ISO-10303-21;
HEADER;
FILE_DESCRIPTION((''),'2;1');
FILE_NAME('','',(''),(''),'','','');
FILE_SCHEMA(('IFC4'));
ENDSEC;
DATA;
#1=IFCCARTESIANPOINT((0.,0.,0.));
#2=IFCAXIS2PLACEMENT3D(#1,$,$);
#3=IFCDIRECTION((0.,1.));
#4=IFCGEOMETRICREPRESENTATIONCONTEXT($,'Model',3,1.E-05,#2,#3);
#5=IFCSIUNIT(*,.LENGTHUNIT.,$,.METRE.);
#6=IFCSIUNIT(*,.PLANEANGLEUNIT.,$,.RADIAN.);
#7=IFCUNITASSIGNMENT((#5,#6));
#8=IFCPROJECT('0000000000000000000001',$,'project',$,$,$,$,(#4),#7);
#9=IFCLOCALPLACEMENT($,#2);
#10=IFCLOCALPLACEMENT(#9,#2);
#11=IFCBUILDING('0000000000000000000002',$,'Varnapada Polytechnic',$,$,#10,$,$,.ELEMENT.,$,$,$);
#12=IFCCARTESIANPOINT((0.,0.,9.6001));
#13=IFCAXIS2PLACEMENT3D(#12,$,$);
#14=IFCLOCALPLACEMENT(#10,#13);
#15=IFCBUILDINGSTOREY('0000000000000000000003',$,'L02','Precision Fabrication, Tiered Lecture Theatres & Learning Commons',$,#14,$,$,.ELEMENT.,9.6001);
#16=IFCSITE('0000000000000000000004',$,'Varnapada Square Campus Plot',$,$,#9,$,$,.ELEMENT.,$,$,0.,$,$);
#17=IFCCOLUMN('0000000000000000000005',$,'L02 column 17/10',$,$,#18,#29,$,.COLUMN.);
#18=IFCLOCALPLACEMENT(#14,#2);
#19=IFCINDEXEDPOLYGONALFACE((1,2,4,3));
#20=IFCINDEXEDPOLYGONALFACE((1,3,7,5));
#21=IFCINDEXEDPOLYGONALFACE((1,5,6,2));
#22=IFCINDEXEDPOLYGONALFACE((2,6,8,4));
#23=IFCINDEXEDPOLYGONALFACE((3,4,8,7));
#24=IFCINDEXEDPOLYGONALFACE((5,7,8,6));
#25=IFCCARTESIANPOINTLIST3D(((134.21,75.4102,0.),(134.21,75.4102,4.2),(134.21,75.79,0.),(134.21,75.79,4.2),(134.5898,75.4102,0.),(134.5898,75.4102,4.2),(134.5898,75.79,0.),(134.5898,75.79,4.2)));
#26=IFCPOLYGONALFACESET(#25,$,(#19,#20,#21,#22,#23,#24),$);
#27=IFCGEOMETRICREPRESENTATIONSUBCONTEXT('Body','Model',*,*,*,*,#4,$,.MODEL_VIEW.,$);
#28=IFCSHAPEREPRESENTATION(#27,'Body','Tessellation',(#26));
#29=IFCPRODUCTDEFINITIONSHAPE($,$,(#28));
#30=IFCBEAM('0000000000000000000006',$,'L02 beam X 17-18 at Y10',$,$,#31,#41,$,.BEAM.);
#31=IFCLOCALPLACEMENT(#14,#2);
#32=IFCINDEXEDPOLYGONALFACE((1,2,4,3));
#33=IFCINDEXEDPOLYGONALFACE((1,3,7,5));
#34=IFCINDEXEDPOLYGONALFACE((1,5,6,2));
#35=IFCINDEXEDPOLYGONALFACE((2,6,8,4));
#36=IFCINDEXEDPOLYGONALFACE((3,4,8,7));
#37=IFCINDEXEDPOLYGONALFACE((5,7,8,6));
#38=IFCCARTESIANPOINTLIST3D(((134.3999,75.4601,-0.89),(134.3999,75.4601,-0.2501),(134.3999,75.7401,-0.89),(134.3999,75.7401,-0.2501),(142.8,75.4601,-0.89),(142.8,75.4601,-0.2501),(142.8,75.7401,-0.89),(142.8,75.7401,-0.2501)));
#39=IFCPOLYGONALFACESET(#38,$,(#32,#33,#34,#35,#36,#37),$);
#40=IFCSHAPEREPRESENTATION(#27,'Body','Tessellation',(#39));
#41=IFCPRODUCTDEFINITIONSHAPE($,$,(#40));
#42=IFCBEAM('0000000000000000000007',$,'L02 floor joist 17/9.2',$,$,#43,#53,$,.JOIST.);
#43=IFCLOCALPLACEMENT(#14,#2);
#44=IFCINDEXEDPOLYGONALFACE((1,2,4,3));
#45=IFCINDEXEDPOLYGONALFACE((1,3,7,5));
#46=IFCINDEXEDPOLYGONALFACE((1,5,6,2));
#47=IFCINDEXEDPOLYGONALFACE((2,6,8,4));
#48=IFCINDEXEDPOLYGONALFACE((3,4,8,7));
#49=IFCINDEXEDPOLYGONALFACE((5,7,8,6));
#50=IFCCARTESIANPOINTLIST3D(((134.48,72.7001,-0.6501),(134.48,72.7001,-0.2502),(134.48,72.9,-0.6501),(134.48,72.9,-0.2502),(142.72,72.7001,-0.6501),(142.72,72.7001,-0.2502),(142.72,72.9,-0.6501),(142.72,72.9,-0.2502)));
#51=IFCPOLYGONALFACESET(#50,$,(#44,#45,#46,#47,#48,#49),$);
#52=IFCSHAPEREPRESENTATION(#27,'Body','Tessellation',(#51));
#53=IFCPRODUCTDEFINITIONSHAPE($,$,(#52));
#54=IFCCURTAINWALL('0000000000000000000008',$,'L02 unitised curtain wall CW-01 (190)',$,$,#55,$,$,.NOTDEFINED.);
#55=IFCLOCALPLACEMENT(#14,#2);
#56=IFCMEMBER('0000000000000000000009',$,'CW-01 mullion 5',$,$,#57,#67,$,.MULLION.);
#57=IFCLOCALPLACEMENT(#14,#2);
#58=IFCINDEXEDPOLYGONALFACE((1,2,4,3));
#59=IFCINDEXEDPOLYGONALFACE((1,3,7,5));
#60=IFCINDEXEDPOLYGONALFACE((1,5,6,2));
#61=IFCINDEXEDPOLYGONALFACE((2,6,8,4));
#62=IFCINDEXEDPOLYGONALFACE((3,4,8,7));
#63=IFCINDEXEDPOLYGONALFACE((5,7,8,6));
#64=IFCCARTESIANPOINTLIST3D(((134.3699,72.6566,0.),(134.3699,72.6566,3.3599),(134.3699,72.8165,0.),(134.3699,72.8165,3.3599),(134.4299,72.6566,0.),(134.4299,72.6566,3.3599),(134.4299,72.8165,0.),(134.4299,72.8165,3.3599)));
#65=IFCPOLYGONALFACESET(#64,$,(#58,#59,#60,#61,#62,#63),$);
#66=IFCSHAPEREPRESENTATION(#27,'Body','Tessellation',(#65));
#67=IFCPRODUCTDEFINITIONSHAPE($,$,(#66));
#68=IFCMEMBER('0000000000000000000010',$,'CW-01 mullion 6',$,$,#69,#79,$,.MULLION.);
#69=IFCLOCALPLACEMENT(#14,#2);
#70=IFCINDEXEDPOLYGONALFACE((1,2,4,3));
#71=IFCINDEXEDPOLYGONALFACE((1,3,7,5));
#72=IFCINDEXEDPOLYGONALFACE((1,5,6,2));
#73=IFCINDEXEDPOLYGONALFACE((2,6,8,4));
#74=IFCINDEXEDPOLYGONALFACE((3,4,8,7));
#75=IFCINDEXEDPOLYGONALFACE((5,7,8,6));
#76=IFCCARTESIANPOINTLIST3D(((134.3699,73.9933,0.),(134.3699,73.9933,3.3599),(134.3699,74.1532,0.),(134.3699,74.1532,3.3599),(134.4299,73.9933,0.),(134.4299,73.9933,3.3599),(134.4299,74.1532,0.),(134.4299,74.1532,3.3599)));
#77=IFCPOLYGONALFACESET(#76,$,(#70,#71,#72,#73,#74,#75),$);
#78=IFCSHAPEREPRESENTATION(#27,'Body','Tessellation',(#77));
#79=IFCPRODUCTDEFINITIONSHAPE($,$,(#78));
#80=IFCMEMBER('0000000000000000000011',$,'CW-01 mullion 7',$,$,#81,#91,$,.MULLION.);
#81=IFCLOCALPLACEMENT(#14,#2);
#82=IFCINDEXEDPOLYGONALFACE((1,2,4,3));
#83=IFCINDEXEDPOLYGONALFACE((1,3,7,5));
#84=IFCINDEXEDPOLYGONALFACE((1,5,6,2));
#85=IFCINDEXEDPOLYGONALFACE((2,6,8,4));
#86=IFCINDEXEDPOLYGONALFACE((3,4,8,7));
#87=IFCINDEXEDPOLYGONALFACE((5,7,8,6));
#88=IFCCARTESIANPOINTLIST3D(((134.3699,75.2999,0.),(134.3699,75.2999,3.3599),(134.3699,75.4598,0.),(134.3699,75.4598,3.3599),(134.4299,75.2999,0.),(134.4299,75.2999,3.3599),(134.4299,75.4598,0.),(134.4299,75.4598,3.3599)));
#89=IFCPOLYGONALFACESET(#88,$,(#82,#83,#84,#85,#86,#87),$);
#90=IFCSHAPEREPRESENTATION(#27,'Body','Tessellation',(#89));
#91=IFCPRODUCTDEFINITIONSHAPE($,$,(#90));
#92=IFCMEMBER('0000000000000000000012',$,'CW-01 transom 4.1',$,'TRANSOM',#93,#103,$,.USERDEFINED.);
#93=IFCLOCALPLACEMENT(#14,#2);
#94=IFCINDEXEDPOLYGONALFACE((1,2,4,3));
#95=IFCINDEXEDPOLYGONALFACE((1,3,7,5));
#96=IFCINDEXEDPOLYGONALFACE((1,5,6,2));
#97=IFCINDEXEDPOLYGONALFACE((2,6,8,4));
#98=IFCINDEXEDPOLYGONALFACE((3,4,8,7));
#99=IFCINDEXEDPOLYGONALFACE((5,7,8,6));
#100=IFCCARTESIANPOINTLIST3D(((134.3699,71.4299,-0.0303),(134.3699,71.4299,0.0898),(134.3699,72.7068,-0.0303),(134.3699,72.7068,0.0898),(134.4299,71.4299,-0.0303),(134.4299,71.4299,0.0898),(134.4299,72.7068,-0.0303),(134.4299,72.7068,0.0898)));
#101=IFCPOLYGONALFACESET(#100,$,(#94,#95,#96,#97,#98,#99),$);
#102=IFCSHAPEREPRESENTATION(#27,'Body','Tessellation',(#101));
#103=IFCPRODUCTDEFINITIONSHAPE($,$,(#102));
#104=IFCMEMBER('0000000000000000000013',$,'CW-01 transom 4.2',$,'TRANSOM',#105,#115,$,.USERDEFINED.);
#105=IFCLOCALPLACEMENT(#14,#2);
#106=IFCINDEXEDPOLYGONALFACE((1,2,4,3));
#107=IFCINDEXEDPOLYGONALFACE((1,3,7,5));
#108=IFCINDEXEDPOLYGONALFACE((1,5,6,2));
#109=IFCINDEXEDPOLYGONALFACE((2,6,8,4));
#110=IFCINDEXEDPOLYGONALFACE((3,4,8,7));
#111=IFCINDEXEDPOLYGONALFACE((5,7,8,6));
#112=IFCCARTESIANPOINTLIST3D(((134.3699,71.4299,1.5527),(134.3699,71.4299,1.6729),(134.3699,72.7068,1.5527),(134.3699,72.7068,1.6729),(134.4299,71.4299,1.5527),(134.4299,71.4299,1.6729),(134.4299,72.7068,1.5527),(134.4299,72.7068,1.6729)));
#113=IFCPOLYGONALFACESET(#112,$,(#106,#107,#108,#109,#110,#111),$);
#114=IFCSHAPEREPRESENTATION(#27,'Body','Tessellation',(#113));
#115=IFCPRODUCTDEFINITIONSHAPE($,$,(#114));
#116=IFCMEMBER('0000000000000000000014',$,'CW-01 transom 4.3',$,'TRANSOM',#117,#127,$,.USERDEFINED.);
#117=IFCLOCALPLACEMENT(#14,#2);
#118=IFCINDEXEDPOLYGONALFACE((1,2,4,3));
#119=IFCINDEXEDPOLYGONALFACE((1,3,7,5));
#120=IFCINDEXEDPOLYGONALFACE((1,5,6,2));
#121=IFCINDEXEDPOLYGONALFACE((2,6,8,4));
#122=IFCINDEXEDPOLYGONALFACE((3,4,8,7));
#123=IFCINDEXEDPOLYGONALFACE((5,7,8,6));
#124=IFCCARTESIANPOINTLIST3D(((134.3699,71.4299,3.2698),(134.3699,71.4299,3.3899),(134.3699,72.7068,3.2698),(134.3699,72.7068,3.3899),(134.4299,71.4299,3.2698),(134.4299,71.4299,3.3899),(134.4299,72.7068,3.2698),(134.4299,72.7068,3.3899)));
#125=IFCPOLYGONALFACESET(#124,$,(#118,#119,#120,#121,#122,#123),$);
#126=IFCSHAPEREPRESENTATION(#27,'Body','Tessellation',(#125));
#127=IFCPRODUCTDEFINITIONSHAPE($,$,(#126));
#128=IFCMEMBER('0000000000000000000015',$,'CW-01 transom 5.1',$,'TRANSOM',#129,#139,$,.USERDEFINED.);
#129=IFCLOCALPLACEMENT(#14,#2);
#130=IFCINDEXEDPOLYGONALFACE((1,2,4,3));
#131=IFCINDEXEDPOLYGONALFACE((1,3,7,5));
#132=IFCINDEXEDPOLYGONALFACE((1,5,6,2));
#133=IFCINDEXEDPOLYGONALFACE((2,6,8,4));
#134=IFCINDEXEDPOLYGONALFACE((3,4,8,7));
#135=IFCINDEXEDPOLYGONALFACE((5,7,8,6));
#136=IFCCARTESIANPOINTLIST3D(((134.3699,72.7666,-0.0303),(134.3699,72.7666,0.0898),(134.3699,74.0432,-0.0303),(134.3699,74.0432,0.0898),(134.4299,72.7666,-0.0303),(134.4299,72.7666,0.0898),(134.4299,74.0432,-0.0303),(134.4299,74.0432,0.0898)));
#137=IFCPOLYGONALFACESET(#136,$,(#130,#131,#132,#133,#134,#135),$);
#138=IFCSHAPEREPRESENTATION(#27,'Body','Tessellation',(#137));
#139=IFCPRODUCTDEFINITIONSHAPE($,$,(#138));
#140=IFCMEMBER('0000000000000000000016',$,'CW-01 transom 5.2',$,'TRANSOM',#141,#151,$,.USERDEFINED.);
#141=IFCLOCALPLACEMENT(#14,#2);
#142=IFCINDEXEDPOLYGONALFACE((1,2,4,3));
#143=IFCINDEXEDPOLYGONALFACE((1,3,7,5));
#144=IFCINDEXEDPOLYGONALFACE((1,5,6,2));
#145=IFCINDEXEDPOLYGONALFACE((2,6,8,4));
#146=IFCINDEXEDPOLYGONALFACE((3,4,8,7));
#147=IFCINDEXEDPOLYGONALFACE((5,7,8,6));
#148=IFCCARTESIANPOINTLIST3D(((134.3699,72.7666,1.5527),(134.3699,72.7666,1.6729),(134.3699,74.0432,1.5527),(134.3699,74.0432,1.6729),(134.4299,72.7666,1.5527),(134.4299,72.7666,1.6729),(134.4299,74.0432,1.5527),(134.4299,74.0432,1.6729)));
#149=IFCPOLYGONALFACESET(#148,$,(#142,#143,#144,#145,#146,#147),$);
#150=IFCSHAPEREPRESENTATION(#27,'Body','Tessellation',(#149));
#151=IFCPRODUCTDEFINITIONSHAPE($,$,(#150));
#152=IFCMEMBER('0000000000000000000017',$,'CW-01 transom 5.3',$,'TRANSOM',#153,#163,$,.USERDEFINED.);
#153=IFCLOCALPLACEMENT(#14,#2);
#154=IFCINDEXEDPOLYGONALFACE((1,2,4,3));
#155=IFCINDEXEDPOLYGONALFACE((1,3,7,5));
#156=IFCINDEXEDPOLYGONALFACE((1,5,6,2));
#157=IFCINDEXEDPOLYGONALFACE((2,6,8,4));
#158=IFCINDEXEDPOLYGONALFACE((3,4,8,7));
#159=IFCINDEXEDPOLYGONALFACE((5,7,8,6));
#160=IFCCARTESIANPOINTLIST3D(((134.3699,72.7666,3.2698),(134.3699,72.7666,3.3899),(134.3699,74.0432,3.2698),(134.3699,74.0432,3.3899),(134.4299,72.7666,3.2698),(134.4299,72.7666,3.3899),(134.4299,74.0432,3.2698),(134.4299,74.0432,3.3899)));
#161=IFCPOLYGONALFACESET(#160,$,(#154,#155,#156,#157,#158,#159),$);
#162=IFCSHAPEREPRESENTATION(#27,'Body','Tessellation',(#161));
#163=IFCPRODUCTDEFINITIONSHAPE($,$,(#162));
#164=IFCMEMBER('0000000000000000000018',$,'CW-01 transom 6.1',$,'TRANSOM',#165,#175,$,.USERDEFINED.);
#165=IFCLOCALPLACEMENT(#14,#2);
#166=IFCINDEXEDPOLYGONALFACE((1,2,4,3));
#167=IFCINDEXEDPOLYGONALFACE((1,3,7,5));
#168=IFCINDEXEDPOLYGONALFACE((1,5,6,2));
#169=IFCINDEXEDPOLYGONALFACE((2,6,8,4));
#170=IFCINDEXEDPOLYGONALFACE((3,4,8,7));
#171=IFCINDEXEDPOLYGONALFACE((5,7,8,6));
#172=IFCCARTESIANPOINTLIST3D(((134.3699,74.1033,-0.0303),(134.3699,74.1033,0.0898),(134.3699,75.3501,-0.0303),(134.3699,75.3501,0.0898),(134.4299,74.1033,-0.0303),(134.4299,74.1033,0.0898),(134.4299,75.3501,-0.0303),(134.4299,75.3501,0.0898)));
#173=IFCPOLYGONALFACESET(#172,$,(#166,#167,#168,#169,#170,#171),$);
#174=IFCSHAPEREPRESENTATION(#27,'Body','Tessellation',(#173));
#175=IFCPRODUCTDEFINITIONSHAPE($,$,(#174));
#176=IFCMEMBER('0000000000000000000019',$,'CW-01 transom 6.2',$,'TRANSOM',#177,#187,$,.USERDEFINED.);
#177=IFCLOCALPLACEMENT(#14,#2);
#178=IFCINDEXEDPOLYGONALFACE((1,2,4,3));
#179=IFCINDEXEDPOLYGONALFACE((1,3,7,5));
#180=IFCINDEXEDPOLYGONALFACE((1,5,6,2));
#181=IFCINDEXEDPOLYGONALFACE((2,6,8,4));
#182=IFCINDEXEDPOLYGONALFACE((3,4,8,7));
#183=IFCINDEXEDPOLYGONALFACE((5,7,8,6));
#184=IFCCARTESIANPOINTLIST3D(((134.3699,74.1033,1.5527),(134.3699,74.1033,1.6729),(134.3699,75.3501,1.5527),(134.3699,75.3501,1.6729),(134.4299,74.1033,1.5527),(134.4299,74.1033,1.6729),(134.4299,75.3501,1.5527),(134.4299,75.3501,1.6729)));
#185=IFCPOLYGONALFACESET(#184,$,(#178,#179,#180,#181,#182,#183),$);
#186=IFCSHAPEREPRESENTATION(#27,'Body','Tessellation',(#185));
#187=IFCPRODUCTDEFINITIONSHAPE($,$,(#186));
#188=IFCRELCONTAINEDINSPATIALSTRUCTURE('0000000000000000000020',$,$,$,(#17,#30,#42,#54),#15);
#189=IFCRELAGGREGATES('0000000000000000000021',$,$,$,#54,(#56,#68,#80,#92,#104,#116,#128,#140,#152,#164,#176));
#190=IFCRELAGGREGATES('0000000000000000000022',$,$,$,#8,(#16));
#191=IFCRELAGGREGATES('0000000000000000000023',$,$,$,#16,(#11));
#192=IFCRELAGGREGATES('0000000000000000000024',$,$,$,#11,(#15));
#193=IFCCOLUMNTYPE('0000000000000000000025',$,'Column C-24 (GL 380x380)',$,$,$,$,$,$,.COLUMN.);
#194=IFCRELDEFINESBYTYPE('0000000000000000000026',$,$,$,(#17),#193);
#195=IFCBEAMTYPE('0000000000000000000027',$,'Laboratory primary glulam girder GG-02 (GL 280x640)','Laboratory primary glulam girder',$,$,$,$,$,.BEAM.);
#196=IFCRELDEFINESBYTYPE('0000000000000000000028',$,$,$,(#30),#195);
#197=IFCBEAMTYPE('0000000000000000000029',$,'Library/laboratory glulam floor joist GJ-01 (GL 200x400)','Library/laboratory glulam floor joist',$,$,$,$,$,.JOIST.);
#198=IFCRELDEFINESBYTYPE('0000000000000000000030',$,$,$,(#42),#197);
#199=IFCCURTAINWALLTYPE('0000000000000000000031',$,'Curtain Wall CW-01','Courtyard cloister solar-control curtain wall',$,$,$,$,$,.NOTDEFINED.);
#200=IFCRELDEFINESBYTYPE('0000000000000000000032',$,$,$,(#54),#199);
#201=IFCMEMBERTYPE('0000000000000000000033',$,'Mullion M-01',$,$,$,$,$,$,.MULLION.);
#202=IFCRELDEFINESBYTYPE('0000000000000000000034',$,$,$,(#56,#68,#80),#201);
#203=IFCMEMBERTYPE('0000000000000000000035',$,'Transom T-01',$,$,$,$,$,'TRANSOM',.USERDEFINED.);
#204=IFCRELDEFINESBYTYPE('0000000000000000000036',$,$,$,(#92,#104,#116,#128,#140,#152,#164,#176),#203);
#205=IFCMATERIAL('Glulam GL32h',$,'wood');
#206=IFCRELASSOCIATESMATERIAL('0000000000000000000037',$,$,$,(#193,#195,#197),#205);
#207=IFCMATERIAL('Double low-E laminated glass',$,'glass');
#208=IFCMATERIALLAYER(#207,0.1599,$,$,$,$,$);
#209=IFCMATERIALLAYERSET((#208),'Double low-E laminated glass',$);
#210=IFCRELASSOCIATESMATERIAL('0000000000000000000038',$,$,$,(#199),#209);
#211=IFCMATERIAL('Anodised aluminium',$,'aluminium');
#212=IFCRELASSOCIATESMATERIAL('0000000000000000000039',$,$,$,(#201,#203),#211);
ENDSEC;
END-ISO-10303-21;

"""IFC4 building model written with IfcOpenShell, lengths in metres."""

from ifc_helpers import new_model, si_unit, direction, frame, origin, origin_2d, place, context, subcontext, project, spatial, rectangle, extrude, material, layer, layer_set, material_profile, profile_set, type_object, element, aggregate, save


model = new_model("IFC4")

# Units and contexts
model_context = context("Model", 3, precision=1e-05, world=origin(), true_north=direction((0.0, 1.0)))
body_context = subcontext(model_context, "Body", "Model", "MODEL_VIEW")
ifc_project = project(units=[si_unit("LENGTHUNIT", "METRE"), si_unit("PLANEANGLEUNIT", "RADIAN")], contexts=[model_context])

# Site, building, storey
site_placement = place(None, origin())
site = spatial("IfcSite", under=ifc_project, at=site_placement, Name="Varnapada Square Campus Plot", CompositionType="ELEMENT", RefElevation=0.0)
building_placement = place(site_placement, origin())
building = spatial("IfcBuilding", under=site, at=building_placement, Name="Varnapada Polytechnic", CompositionType="ELEMENT")
storey_placement = place(building_placement, frame((0.0, 0.0, 9.6001)))
storey = spatial("IfcBuildingStorey", under=building, at=storey_placement, Name="L02", Description="Precision Fabrication, Tiered Lecture Theatres & Learning Commons", CompositionType="ELEMENT", Elevation=9.6001)

# Column
ifc_material_1 = material(Name="Glulam GL32h", Category="wood")
ifc_material_profile_1 = material_profile(ifc_material_1, rectangle(XDim=0.3799, YDim=0.3799, at=origin_2d()), Name="GL 380x380")
ifc_profile_set_1 = profile_set([ifc_material_profile_1], Name="Glulam GL32h")
column_type = type_object("IfcColumnType", Name="Column C-24 (GL 380x380)", PredefinedType="COLUMN", material=ifc_profile_set_1)
column_placement = place(storey_placement, frame((134.3999, 75.6001, 0.0), z_axis=(0.0, 0.0, 1.0), x_axis=(1.0, 0.0, 0.0)))
element("IfcColumn", 1, at=column_placement, inside=storey, type_object=column_type, Name="L02 column 17/10", PredefinedType="COLUMN", context=body_context, shape_type="SweptSolid", body=[
    extrude(rectangle(XDim=0.3799, YDim=0.3799, at=origin_2d()), origin(), (0.0, 0.0, 1.0), 4.2),
])

# Beams
ifc_material_profile_2 = material_profile(ifc_material_1, rectangle(XDim=0.28, YDim=0.6399, at=origin_2d()), Name="GL 280x640")
ifc_profile_set_2 = profile_set([ifc_material_profile_2], Name="Glulam GL32h")
beam_type_1 = type_object("IfcBeamType", Name="Laboratory primary glulam girder GG-02 (GL 280x640)", Description="Laboratory primary glulam girder", PredefinedType="BEAM", material=ifc_profile_set_2)
beam_1_placement = place(storey_placement, frame((134.3999, 75.6001, -0.5701), z_axis=(1.0, 0.0, 0.0), x_axis=(0.0, 1.0, 0.0)))
element("IfcBeam", 2, at=beam_1_placement, inside=storey, type_object=beam_type_1, Name="L02 beam X 17-18 at Y10", PredefinedType="BEAM", context=body_context, shape_type="SweptSolid", body=[
    extrude(rectangle(XDim=0.28, YDim=0.6399, at=origin_2d()), origin(), (0.0, 0.0, 1.0), 8.4001),
])
ifc_material_profile_3 = material_profile(ifc_material_1, rectangle(XDim=0.2, YDim=0.3999, at=origin_2d()), Name="GL 200x400")
ifc_profile_set_3 = profile_set([ifc_material_profile_3], Name="Glulam GL32h")
beam_type_2 = type_object("IfcBeamType", Name="Library/laboratory glulam floor joist GJ-01 (GL 200x400)", Description="Library/laboratory glulam floor joist", PredefinedType="JOIST", material=ifc_profile_set_3)
beam_2_placement = place(storey_placement, frame((134.48, 72.8, -0.4502), z_axis=(1.0, 0.0, 0.0), x_axis=(0.0, 1.0, 0.0)))
element("IfcBeam", 3, at=beam_2_placement, inside=storey, type_object=beam_type_2, Name="L02 floor joist 17/9.2", PredefinedType="JOIST", context=body_context, shape_type="SweptSolid", body=[
    extrude(rectangle(XDim=0.2, YDim=0.3999, at=origin_2d()), origin(), (0.0, 0.0, 1.0), 8.24),
])

# Curtain wall, members
ifc_material_2 = material(Name="Double low-E laminated glass", Category="glass")
ifc_layer_1 = layer(ifc_material_2, 0.1599)
ifc_layer_set_1 = layer_set([ifc_layer_1], Name="Double low-E laminated glass")
curtain_wall_type = type_object("IfcCurtainWallType", Name="Curtain Wall CW-01", Description="Courtyard cloister solar-control curtain wall", PredefinedType="NOTDEFINED", material=ifc_layer_set_1)
curtain_wall_placement = place(storey_placement, origin())
curtain_wall = element("IfcCurtainWall", 4, at=curtain_wall_placement, inside=storey, type_object=curtain_wall_type, Name="L02 unitised curtain wall CW-01 (190)", PredefinedType="NOTDEFINED")
ifc_material_3 = material(Name="Anodised aluminium", Category="aluminium")
ifc_material_profile_4 = material_profile(ifc_material_3, rectangle(XDim=0.0601, YDim=0.1599, at=origin_2d()), Name="ALU M60x160")
ifc_profile_set_4 = profile_set([ifc_material_profile_4], Name="Anodised aluminium")
member_type_1 = type_object("IfcMemberType", Name="Mullion M-01", PredefinedType="MULLION", material=ifc_profile_set_4)
member_1_placement = place(storey_placement, frame((134.3999, 72.7366, 0.0), z_axis=(0.0, 0.0, 1.0), x_axis=(-1.0, 0.0, 0.0)))
member_1 = element("IfcMember", 5, at=member_1_placement, type_object=member_type_1, Name="CW-01 mullion 5", PredefinedType="MULLION", context=body_context, shape_type="SweptSolid", body=[
    extrude(rectangle(XDim=0.0601, YDim=0.1599, at=origin_2d()), origin(), (0.0, 0.0, 1.0), 3.3599),
])
member_2_placement = place(storey_placement, frame((134.3999, 74.0732, 0.0), z_axis=(0.0, 0.0, 1.0), x_axis=(-1.0, 0.0, 0.0)))
member_2 = element("IfcMember", 6, at=member_2_placement, type_object=member_type_1, Name="CW-01 mullion 6", PredefinedType="MULLION", context=body_context, shape_type="SweptSolid", body=[
    extrude(rectangle(XDim=0.0601, YDim=0.1599, at=origin_2d()), origin(), (0.0, 0.0, 1.0), 3.3599),
])
member_3_placement = place(storey_placement, frame((134.3999, 75.3799, 0.0), z_axis=(0.0, 0.0, 1.0), x_axis=(-1.0, 0.0, 0.0)))
member_3 = element("IfcMember", 7, at=member_3_placement, type_object=member_type_1, Name="CW-01 mullion 7", PredefinedType="MULLION", context=body_context, shape_type="SweptSolid", body=[
    extrude(rectangle(XDim=0.0601, YDim=0.1599, at=origin_2d()), origin(), (0.0, 0.0, 1.0), 3.3599),
])
ifc_material_profile_5 = material_profile(ifc_material_3, rectangle(XDim=0.0601, YDim=0.1201, at=origin_2d()), Name="ALU T60x120")
ifc_profile_set_5 = profile_set([ifc_material_profile_5], Name="Anodised aluminium")
member_type_2 = type_object("IfcMemberType", Name="Transom T-01", ElementType="TRANSOM", PredefinedType="USERDEFINED", material=ifc_profile_set_5)
member_4_placement = place(storey_placement, frame((134.3999, 71.4299, 0.0298), z_axis=(0.0, 1.0, 0.0), x_axis=(-1.0, 0.0, 0.0)))
member_4 = element("IfcMember", 8, at=member_4_placement, type_object=member_type_2, Name="CW-01 transom 4.1", ObjectType="TRANSOM", PredefinedType="USERDEFINED", context=body_context, shape_type="SweptSolid", body=[
    extrude(rectangle(XDim=0.0601, YDim=0.1201, at=origin_2d()), origin(), (0.0, 0.0, 1.0), 1.2769),
])
member_5_placement = place(storey_placement, frame((134.3999, 71.4299, 1.6128), z_axis=(0.0, 1.0, 0.0), x_axis=(-1.0, 0.0, 0.0)))
member_5 = element("IfcMember", 9, at=member_5_placement, type_object=member_type_2, Name="CW-01 transom 4.2", ObjectType="TRANSOM", PredefinedType="USERDEFINED", context=body_context, shape_type="SweptSolid", body=[
    extrude(rectangle(XDim=0.0601, YDim=0.1201, at=origin_2d()), origin(), (0.0, 0.0, 1.0), 1.2769),
])
member_6_placement = place(storey_placement, frame((134.3999, 71.4299, 3.3298), z_axis=(0.0, 1.0, 0.0), x_axis=(-1.0, 0.0, 0.0)))
member_6 = element("IfcMember", 10, at=member_6_placement, type_object=member_type_2, Name="CW-01 transom 4.3", ObjectType="TRANSOM", PredefinedType="USERDEFINED", context=body_context, shape_type="SweptSolid", body=[
    extrude(rectangle(XDim=0.0601, YDim=0.1201, at=origin_2d()), origin(), (0.0, 0.0, 1.0), 1.2769),
])
member_7_placement = place(storey_placement, frame((134.3999, 72.7666, 0.0298), z_axis=(0.0, 1.0, 0.0), x_axis=(-1.0, 0.0, 0.0)))
member_7 = element("IfcMember", 11, at=member_7_placement, type_object=member_type_2, Name="CW-01 transom 5.1", ObjectType="TRANSOM", PredefinedType="USERDEFINED", context=body_context, shape_type="SweptSolid", body=[
    extrude(rectangle(XDim=0.0601, YDim=0.1201, at=origin_2d()), origin(), (0.0, 0.0, 1.0), 1.2766),
])
member_8_placement = place(storey_placement, frame((134.3999, 72.7666, 1.6128), z_axis=(0.0, 1.0, 0.0), x_axis=(-1.0, 0.0, 0.0)))
member_8 = element("IfcMember", 12, at=member_8_placement, type_object=member_type_2, Name="CW-01 transom 5.2", ObjectType="TRANSOM", PredefinedType="USERDEFINED", context=body_context, shape_type="SweptSolid", body=[
    extrude(rectangle(XDim=0.0601, YDim=0.1201, at=origin_2d()), origin(), (0.0, 0.0, 1.0), 1.2766),
])
member_9_placement = place(storey_placement, frame((134.3999, 72.7666, 3.3298), z_axis=(0.0, 1.0, 0.0), x_axis=(-1.0, 0.0, 0.0)))
member_9 = element("IfcMember", 13, at=member_9_placement, type_object=member_type_2, Name="CW-01 transom 5.3", ObjectType="TRANSOM", PredefinedType="USERDEFINED", context=body_context, shape_type="SweptSolid", body=[
    extrude(rectangle(XDim=0.0601, YDim=0.1201, at=origin_2d()), origin(), (0.0, 0.0, 1.0), 1.2766),
])
member_10_placement = place(storey_placement, frame((134.3999, 74.1033, 0.0298), z_axis=(0.0, 1.0, 0.0), x_axis=(-1.0, 0.0, 0.0)))
member_10 = element("IfcMember", 14, at=member_10_placement, type_object=member_type_2, Name="CW-01 transom 6.1", ObjectType="TRANSOM", PredefinedType="USERDEFINED", context=body_context, shape_type="SweptSolid", body=[
    extrude(rectangle(XDim=0.0601, YDim=0.1201, at=origin_2d()), origin(), (0.0, 0.0, 1.0), 1.2468),
])
member_11_placement = place(storey_placement, frame((134.3999, 74.1033, 1.6128), z_axis=(0.0, 1.0, 0.0), x_axis=(-1.0, 0.0, 0.0)))
member_11 = element("IfcMember", 15, at=member_11_placement, type_object=member_type_2, Name="CW-01 transom 6.2", ObjectType="TRANSOM", PredefinedType="USERDEFINED", context=body_context, shape_type="SweptSolid", body=[
    extrude(rectangle(XDim=0.0601, YDim=0.1201, at=origin_2d()), origin(), (0.0, 0.0, 1.0), 1.2468),
])
aggregate(curtain_wall, [member_1, member_2, member_3, member_4, member_5, member_6, member_7, member_8, member_9, member_10, member_11])

save(model, "model.ifc")
